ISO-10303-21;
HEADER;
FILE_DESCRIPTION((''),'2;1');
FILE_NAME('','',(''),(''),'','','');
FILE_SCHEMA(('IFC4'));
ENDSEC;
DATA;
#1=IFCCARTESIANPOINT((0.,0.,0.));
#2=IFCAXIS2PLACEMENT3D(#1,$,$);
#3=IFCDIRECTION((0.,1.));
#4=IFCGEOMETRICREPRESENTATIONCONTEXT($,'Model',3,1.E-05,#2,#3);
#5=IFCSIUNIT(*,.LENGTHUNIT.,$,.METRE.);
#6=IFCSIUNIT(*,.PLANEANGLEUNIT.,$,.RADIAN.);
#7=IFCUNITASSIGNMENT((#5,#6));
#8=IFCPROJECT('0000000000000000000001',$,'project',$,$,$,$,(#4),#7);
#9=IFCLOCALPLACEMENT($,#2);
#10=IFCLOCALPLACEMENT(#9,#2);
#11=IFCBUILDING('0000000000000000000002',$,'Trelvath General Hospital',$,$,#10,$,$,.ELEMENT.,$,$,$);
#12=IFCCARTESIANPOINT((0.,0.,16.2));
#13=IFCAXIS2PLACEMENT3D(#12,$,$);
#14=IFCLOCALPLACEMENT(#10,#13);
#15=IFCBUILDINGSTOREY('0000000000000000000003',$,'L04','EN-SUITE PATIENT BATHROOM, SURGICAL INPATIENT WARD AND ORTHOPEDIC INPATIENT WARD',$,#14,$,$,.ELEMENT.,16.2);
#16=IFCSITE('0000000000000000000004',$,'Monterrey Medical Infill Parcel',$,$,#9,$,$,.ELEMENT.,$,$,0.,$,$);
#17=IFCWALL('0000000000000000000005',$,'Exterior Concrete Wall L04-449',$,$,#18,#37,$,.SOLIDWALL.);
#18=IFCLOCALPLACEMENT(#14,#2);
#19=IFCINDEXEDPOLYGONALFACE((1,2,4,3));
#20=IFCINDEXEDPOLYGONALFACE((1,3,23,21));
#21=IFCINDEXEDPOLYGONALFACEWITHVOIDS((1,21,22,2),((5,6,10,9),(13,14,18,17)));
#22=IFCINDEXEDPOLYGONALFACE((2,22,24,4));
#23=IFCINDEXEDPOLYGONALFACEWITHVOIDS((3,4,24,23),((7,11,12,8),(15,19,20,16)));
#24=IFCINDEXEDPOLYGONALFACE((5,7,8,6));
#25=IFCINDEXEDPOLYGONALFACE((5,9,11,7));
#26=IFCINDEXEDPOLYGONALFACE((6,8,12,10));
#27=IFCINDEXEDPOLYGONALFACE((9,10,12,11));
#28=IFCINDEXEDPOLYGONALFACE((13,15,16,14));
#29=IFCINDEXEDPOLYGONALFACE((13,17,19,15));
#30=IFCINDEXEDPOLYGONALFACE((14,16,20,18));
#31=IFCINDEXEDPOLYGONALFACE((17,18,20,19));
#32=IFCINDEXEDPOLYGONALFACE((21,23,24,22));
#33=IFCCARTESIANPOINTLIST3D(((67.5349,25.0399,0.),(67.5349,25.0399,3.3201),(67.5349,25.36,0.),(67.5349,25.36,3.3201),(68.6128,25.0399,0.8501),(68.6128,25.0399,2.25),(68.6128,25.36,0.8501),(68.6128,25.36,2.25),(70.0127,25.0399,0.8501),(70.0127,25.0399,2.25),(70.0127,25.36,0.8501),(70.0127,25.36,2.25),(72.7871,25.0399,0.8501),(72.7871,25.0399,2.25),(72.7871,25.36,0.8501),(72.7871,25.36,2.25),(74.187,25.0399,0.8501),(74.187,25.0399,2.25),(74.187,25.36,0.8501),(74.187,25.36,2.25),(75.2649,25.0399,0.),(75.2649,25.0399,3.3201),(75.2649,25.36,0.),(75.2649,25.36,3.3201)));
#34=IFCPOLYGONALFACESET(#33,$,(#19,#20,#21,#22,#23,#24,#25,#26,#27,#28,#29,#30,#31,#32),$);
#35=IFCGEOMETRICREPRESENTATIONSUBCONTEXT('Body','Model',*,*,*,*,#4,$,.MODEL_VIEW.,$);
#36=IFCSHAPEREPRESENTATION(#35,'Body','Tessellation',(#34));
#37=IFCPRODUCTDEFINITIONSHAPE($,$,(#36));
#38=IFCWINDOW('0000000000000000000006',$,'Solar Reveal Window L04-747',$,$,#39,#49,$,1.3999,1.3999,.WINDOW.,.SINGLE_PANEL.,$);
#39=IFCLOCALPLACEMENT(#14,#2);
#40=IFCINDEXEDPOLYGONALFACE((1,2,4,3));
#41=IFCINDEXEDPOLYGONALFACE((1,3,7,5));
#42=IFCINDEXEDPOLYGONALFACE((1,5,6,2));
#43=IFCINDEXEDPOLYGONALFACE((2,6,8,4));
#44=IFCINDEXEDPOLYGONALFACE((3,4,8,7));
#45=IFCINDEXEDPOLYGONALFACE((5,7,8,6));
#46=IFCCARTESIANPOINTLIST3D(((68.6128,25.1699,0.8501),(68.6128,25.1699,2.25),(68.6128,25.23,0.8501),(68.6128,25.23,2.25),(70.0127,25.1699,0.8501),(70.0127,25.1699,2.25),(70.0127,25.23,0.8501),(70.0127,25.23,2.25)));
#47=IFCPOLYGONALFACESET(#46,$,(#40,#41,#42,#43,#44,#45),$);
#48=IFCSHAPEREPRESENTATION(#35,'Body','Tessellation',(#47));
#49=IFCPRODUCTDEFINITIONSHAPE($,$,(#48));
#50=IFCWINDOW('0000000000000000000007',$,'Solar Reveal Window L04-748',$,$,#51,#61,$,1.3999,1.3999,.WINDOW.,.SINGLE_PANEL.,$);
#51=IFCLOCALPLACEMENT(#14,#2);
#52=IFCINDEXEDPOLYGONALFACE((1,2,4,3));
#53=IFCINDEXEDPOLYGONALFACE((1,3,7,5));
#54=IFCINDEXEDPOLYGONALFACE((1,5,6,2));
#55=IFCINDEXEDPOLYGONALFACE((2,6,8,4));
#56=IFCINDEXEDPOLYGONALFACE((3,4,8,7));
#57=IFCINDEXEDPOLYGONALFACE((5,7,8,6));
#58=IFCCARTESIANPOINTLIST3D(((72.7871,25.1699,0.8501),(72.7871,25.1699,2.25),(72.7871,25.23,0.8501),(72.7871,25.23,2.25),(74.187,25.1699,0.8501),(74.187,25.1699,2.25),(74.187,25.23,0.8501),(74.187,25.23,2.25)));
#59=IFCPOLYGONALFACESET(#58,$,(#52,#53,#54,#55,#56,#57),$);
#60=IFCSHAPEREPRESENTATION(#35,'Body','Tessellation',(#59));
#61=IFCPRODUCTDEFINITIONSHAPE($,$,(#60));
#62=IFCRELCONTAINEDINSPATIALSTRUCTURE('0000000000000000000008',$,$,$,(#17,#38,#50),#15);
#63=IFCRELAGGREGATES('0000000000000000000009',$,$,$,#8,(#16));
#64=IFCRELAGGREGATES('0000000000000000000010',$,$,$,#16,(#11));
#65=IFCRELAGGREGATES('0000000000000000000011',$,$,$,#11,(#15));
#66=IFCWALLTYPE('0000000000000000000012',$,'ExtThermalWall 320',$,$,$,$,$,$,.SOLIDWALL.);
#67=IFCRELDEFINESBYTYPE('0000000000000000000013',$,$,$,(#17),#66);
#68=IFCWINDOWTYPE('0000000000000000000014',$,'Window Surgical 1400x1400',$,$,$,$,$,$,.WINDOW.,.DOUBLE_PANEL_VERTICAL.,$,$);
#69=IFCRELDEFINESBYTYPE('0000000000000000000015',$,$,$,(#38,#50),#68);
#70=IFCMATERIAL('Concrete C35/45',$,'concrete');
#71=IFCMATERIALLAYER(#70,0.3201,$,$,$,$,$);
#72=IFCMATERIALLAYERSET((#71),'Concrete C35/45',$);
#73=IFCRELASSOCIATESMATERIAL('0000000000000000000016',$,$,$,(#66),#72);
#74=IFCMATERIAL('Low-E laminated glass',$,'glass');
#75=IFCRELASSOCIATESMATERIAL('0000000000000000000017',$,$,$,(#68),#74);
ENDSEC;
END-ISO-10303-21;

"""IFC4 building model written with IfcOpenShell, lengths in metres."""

from ifc_helpers import new_model, si_unit, direction, frame, frame_2d, origin, place, context, subcontext, project, spatial, rectangle, extrude, material, layer, layer_set, type_object, element, fill, save


model = new_model("IFC4")

# Units and contexts
model_context = context("Model", 3, precision=1e-05, world=origin(), true_north=direction((0.0, 1.0)))
body_context = subcontext(model_context, "Body", "Model", "MODEL_VIEW")
ifc_project = project(units=[si_unit("LENGTHUNIT", "METRE"), si_unit("PLANEANGLEUNIT", "RADIAN")], contexts=[model_context])

# Site, building, storey
site_placement = place(None, origin())
site = spatial("IfcSite", under=ifc_project, at=site_placement, Name="Monterrey Medical Infill Parcel", CompositionType="ELEMENT", RefElevation=0.0)
building_placement = place(site_placement, origin())
building = spatial("IfcBuilding", under=site, at=building_placement, Name="Trelvath General Hospital", CompositionType="ELEMENT")
storey_placement = place(building_placement, frame((0.0, 0.0, 16.2)))
storey = spatial("IfcBuildingStorey", under=building, at=storey_placement, Name="L04", Description="EN-SUITE PATIENT BATHROOM, SURGICAL INPATIENT WARD AND ORTHOPEDIC INPATIENT WARD", CompositionType="ELEMENT", Elevation=16.2)

# Wall, openings, windows
ifc_material_1 = material(Name="Concrete C35/45", Category="concrete")
ifc_layer_1 = layer(ifc_material_1, 0.3201)
ifc_layer_set_1 = layer_set([ifc_layer_1], Name="Concrete C35/45")
wall_type_1 = type_object("IfcWallType", Name="ExtThermalWall 320", PredefinedType="SOLIDWALL", material=ifc_layer_set_1)
wall_1_placement = place(storey_placement, frame((67.5349, 25.2, 0.0), z_axis=(0.0, 0.0, 1.0), x_axis=(1.0, 0.0, 0.0)))
wall_1 = element("IfcWall", 1, at=wall_1_placement, inside=storey, type_object=wall_type_1, Name="Exterior Concrete Wall L04-449", PredefinedType="SOLIDWALL", context=body_context, shape_type="SweptSolid", body=[
    extrude(rectangle(XDim=7.73, YDim=0.3201, at=frame_2d((3.865, 0.0))), origin(), (0.0, 0.0, 1.0), 3.3201),
])
opening_1_placement = place(wall_1_placement, frame((1.0779, 0.0, 0.8501)))
opening_1 = element("IfcOpeningElement", 2, at=opening_1_placement, cuts=wall_1, PredefinedType="OPENING", context=body_context, shape_type="SweptSolid", body=[
    extrude(rectangle(XDim=1.3999, YDim=1.3999, at=frame_2d((0.7, 0.7))), frame((0.0, 0.1699, 0.0), z_axis=(0.0, -1.0, 0.0), x_axis=(1.0, 0.0, 0.0)), (0.0, 0.0, 1.0), 0.3401),
])
opening_2_placement = place(wall_1_placement, frame((5.2522, 0.0, 0.8501)))
opening_2 = element("IfcOpeningElement", 3, at=opening_2_placement, cuts=wall_1, PredefinedType="OPENING", context=body_context, shape_type="SweptSolid", body=[
    extrude(rectangle(XDim=1.3999, YDim=1.3999, at=frame_2d((0.7, 0.7))), frame((0.0, 0.1699, 0.0), z_axis=(0.0, -1.0, 0.0), x_axis=(1.0, 0.0, 0.0)), (0.0, 0.0, 1.0), 0.3401),
])
ifc_material_2 = material(Name="Low-E laminated glass", Category="glass")
window_type_1 = type_object("IfcWindowType", Name="Window Surgical 1400x1400", PartitioningType="DOUBLE_PANEL_VERTICAL", PredefinedType="WINDOW", material=ifc_material_2)
window_1_placement = place(opening_1_placement, origin())
window_1 = element("IfcWindow", 4, at=window_1_placement, inside=storey, type_object=window_type_1, Name="Solar Reveal Window L04-747", OverallHeight=1.3999, OverallWidth=1.3999, PartitioningType="SINGLE_PANEL", PredefinedType="WINDOW", context=body_context, shape_type="SweptSolid", body=[
    extrude(rectangle(XDim=1.3999, YDim=1.3999, at=frame_2d((0.7, 0.7))), frame((0.0, 0.03, 0.0), z_axis=(0.0, -1.0, 0.0), x_axis=(1.0, 0.0, 0.0)), (0.0, 0.0, 1.0), 0.0601),
])
fill(opening_1, window_1)
window_2_placement = place(opening_2_placement, origin())
window_2 = element("IfcWindow", 5, at=window_2_placement, inside=storey, type_object=window_type_1, Name="Solar Reveal Window L04-748", OverallHeight=1.3999, OverallWidth=1.3999, PartitioningType="SINGLE_PANEL", PredefinedType="WINDOW", context=body_context, shape_type="SweptSolid", body=[
    extrude(rectangle(XDim=1.3999, YDim=1.3999, at=frame_2d((0.7, 0.7))), frame((0.0, 0.03, 0.0), z_axis=(0.0, -1.0, 0.0), x_axis=(1.0, 0.0, 0.0)), (0.0, 0.0, 1.0), 0.0601),
])
fill(opening_2, window_2)

save(model, "model.ifc")
